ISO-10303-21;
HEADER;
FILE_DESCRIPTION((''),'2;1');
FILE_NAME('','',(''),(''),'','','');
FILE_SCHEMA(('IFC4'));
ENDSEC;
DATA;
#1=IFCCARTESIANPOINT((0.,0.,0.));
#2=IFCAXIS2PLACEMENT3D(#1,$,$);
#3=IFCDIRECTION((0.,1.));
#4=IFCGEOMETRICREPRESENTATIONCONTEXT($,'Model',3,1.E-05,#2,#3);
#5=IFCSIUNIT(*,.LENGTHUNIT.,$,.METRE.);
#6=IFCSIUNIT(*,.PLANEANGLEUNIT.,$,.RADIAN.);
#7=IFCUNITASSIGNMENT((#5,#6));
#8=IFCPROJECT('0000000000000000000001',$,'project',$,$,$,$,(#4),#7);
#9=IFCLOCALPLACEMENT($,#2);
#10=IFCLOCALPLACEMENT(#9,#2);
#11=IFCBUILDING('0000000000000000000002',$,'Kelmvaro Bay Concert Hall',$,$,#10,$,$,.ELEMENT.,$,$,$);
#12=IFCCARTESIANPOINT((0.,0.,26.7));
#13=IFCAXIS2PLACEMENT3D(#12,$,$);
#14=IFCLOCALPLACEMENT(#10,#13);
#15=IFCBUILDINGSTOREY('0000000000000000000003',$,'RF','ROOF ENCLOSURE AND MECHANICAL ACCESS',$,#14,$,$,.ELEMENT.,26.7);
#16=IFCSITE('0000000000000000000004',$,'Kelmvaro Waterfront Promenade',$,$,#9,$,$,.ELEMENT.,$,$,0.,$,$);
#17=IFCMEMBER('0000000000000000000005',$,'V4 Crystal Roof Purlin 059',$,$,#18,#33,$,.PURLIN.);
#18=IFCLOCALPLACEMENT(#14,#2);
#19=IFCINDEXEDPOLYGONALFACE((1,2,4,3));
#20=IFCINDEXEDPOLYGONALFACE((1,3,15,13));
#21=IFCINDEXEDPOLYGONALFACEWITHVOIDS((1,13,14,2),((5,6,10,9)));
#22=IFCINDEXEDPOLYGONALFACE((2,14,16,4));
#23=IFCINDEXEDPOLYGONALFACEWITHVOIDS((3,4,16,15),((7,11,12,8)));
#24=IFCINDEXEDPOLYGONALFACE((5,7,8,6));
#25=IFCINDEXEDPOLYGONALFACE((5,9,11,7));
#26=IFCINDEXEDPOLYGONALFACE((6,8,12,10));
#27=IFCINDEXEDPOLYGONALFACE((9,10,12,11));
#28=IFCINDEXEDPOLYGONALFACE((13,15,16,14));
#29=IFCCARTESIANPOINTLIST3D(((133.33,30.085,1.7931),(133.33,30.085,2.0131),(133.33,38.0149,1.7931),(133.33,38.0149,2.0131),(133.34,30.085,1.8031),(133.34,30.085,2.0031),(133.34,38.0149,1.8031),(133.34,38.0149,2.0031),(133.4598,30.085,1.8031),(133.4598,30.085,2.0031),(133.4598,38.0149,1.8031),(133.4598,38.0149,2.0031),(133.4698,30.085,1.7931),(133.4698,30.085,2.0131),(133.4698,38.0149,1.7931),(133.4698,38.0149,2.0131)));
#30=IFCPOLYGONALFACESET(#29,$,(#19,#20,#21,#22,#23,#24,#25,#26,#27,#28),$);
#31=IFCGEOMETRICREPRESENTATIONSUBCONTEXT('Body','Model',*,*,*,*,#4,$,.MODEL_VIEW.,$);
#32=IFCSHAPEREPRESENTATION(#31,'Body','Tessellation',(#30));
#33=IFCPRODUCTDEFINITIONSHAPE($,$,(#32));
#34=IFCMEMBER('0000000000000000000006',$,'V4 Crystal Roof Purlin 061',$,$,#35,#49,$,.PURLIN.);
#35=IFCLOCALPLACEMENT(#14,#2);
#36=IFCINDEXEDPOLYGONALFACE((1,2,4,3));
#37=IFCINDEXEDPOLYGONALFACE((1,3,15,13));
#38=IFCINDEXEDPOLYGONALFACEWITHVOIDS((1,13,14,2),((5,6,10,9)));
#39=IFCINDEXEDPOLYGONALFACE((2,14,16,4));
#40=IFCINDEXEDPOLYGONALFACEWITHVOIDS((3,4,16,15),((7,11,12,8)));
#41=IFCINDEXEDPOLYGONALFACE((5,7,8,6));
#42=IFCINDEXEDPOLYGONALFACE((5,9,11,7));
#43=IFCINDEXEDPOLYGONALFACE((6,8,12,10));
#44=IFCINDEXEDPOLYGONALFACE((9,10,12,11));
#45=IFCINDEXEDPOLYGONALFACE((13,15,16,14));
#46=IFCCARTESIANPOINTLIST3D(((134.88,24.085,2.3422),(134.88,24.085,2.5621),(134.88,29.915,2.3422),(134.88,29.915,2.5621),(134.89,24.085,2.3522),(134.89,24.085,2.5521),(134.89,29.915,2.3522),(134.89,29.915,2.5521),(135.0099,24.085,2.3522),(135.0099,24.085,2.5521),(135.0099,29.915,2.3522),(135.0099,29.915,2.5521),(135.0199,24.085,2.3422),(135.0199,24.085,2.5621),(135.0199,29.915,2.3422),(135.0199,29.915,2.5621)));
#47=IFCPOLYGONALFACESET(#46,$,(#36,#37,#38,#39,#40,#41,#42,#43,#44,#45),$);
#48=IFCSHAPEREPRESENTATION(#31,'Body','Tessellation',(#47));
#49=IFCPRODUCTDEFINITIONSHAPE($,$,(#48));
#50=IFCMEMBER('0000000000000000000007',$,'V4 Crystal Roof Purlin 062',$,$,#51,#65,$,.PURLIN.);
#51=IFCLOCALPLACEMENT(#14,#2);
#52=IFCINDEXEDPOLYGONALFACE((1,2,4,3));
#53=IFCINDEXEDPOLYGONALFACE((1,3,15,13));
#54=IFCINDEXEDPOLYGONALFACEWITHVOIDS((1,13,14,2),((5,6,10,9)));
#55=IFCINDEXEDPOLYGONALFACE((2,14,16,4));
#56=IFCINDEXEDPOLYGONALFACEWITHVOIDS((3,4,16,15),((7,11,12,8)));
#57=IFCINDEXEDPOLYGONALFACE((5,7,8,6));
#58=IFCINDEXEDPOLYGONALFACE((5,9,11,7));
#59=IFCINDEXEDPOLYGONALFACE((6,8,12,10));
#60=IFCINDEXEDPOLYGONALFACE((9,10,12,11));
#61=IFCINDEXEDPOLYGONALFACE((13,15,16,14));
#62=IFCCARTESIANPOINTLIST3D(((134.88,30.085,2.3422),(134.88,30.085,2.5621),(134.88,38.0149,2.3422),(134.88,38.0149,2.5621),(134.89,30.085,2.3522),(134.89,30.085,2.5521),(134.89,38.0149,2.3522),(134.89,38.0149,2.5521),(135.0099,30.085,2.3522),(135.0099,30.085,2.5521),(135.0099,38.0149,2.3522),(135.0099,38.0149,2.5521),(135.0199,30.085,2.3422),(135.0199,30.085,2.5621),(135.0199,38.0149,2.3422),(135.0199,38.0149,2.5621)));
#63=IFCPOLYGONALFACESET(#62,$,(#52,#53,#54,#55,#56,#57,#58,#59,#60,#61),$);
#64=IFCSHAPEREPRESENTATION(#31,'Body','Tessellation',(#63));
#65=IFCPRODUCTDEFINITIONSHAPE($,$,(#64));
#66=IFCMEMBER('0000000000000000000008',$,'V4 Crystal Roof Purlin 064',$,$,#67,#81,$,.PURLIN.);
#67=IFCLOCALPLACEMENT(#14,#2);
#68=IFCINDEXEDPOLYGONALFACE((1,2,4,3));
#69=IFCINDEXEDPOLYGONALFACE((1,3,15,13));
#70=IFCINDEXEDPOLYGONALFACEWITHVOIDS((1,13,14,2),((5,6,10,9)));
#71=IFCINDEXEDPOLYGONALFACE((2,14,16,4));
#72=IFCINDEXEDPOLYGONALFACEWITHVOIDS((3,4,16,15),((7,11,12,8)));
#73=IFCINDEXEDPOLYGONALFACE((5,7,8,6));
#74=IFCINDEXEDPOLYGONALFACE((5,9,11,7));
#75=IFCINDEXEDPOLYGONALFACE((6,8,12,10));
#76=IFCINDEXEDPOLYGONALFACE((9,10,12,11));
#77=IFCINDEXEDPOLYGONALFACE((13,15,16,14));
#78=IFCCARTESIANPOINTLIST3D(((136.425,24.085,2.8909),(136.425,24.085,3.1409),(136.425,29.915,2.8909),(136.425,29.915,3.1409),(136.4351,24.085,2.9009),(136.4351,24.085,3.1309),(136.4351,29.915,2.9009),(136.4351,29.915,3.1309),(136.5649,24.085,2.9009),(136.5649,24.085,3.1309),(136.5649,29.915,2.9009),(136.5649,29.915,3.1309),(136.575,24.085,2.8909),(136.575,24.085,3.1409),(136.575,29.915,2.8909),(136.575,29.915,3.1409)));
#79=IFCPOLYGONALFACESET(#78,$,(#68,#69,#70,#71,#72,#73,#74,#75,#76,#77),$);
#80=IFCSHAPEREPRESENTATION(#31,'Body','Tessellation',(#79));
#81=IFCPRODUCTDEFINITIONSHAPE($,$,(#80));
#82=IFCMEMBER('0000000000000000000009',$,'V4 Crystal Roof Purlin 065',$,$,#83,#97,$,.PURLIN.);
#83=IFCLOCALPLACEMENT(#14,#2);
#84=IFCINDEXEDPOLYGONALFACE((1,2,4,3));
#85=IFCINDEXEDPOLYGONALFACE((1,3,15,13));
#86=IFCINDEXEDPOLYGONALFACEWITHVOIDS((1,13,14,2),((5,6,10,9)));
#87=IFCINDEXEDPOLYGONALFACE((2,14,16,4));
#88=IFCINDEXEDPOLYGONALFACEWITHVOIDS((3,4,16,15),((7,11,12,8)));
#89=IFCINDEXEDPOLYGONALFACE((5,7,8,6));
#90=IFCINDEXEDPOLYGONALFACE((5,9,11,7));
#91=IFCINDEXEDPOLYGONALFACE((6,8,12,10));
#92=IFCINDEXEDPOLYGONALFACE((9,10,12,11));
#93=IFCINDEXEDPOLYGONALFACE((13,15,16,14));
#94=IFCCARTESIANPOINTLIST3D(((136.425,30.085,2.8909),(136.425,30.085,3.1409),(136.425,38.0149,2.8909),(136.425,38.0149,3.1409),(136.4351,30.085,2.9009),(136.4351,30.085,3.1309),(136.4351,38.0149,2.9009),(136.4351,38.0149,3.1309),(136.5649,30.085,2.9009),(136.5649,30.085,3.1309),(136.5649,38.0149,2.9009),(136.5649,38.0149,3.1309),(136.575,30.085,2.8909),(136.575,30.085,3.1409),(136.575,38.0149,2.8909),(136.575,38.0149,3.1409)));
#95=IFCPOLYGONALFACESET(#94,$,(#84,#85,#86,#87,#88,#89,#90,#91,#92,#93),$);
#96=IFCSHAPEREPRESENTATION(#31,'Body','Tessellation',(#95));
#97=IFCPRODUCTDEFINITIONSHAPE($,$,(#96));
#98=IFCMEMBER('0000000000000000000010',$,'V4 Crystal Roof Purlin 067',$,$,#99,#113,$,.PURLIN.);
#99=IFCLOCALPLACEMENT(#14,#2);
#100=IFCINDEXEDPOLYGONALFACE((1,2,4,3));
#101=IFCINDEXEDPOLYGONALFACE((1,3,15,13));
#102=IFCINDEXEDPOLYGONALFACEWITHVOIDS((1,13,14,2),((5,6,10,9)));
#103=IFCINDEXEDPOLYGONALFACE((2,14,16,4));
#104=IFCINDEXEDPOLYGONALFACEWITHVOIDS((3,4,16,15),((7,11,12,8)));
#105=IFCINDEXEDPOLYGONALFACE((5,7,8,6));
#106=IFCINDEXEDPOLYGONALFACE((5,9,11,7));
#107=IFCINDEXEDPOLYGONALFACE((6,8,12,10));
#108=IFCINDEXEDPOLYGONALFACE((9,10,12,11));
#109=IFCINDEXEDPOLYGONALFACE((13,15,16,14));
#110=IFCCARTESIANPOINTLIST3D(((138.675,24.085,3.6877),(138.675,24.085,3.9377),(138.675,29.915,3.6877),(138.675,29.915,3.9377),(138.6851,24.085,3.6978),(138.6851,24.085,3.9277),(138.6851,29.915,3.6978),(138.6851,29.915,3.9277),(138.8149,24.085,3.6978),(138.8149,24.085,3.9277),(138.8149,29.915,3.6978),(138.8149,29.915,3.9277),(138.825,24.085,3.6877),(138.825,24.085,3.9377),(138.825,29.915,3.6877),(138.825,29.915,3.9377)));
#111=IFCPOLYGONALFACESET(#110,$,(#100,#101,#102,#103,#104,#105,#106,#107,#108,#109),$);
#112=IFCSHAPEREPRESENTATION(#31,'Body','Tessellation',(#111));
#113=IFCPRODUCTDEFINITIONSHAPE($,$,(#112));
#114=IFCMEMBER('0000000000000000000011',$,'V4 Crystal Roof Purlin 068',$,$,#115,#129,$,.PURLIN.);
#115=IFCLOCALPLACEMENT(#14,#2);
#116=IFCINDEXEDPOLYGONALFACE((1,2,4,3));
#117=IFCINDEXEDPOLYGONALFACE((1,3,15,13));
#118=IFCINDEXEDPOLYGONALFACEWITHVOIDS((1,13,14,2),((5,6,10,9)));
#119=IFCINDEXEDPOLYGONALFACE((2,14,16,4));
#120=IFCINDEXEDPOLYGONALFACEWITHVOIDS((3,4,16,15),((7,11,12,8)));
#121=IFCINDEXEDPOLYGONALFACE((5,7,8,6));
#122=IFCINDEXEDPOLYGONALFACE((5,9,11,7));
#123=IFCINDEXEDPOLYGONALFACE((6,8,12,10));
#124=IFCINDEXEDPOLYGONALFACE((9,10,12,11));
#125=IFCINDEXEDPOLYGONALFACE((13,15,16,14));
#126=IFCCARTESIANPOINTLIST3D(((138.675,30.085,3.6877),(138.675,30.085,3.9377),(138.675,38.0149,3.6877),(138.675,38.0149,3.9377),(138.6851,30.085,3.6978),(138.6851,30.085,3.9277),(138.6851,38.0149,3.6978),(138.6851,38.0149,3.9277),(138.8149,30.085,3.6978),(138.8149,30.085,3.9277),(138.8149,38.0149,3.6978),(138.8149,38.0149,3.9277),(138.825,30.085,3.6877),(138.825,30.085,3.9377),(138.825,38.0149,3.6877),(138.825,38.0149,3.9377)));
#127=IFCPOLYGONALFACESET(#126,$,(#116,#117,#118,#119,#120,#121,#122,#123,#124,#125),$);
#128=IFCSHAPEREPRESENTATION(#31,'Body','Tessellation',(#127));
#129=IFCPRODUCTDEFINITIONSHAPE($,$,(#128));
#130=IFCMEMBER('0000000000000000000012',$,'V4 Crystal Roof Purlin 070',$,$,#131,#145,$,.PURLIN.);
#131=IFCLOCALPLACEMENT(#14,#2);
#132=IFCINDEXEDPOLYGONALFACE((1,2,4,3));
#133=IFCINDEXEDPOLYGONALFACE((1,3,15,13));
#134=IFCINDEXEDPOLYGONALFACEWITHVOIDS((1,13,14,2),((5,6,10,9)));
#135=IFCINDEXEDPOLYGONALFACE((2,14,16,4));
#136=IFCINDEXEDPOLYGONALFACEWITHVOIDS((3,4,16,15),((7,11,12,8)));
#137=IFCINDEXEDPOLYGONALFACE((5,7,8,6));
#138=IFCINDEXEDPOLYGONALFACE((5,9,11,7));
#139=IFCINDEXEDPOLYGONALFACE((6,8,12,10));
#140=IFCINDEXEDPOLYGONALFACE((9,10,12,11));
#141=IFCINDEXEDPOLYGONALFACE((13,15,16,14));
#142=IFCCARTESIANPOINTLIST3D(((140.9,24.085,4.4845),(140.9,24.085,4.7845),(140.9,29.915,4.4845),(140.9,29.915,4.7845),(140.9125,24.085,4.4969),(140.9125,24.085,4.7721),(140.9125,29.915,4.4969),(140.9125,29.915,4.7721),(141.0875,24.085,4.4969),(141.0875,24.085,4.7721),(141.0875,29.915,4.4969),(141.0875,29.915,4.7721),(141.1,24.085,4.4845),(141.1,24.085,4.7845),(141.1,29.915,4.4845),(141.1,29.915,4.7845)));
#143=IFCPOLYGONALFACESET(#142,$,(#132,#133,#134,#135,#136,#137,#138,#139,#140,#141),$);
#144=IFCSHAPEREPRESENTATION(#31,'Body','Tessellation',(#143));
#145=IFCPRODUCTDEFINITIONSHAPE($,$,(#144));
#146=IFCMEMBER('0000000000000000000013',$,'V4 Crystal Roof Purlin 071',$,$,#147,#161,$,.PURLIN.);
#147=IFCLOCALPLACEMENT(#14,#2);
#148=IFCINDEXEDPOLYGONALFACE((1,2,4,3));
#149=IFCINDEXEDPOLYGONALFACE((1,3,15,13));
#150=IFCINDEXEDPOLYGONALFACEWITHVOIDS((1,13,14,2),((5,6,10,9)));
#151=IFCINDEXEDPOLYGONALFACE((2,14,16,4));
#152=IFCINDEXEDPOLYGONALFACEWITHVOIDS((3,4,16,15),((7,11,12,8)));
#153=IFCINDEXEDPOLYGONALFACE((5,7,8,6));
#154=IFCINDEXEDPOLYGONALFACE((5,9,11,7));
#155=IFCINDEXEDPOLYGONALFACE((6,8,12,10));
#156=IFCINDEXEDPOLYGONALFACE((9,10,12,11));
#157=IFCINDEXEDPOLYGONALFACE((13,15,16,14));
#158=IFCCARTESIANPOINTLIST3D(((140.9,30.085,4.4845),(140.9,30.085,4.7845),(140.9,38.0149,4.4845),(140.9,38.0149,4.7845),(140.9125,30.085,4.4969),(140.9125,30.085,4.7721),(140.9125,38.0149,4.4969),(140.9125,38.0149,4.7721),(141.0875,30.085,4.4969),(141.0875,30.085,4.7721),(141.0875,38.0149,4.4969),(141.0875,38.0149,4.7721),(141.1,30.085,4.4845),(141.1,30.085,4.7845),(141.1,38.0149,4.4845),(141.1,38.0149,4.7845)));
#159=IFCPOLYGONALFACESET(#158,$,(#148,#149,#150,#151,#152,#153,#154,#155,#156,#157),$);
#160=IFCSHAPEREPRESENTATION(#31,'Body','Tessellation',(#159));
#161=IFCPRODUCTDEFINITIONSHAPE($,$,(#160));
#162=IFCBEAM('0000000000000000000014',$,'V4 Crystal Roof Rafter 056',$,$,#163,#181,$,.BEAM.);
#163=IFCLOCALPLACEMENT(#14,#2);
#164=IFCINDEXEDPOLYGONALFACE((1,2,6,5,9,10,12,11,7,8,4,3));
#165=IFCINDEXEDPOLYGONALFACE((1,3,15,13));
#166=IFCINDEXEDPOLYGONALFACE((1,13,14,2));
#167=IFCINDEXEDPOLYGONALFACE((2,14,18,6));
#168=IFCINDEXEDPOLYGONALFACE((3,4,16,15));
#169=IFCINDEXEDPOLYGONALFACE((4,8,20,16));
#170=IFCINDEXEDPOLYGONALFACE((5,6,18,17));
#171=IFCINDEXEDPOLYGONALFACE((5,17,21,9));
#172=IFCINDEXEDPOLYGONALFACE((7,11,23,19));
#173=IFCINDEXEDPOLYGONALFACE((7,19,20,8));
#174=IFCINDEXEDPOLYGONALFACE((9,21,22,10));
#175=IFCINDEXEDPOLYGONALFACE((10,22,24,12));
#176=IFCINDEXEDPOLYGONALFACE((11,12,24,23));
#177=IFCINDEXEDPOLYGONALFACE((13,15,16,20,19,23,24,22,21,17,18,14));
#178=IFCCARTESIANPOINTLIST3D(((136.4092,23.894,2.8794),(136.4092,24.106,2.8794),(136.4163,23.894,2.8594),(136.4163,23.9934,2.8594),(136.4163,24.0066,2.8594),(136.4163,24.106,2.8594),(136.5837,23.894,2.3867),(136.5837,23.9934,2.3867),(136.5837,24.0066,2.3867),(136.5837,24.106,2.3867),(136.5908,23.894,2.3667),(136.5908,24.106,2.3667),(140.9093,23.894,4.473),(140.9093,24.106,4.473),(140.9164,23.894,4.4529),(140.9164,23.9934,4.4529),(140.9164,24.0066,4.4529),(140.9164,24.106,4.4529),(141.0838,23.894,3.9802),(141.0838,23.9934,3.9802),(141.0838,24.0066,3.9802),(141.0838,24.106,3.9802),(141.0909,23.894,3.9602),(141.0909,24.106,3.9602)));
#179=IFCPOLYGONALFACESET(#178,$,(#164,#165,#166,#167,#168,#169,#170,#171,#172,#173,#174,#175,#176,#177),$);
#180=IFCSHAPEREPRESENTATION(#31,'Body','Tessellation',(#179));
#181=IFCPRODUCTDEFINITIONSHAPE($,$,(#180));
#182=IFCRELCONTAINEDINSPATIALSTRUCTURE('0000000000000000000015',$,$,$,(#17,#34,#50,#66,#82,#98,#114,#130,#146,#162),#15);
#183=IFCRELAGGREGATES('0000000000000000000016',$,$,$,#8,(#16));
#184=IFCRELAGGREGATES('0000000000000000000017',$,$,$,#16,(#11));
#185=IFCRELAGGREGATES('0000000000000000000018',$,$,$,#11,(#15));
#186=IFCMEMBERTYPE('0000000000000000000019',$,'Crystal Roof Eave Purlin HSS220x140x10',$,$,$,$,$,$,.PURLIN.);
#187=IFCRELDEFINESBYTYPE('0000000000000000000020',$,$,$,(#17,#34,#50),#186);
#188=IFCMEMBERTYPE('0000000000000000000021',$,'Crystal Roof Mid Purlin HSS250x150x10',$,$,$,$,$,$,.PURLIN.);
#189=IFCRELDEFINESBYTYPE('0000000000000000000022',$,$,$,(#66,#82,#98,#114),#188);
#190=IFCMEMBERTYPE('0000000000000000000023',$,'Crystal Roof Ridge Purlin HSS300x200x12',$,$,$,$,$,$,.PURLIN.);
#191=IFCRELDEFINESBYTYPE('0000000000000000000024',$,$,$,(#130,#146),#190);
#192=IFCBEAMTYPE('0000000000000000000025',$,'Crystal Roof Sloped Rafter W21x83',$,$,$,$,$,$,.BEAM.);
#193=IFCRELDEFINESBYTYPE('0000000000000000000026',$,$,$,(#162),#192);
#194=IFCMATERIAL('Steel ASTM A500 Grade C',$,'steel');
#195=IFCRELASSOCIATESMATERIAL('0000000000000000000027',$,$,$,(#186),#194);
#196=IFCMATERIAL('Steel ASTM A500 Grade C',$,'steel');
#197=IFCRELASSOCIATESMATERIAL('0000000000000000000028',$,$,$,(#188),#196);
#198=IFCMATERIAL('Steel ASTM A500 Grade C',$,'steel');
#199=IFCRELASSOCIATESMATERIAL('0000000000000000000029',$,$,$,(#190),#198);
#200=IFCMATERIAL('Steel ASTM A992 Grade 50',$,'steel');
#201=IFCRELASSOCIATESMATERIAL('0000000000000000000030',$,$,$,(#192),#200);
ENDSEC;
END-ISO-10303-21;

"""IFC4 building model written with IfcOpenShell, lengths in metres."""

from ifc_helpers import new_model, si_unit, direction, frame, origin, origin_2d, place, context, subcontext, project, spatial, hollow_rectangle, i_section, extrude, material, material_profile, profile_set, type_object, element, save


model = new_model("IFC4")

# Units and contexts
model_context = context("Model", 3, precision=1e-05, world=origin(), true_north=direction((0.0, 1.0)))
body_context = subcontext(model_context, "Body", "Model", "MODEL_VIEW")
ifc_project = project(units=[si_unit("LENGTHUNIT", "METRE"), si_unit("PLANEANGLEUNIT", "RADIAN")], contexts=[model_context])

# Site, building, storey
site_placement = place(None, origin())
site = spatial("IfcSite", under=ifc_project, at=site_placement, Name="Kelmvaro Waterfront Promenade", CompositionType="ELEMENT", RefElevation=0.0)
building_placement = place(site_placement, origin())
building = spatial("IfcBuilding", under=site, at=building_placement, Name="Kelmvaro Bay Concert Hall", CompositionType="ELEMENT")
storey_placement = place(building_placement, frame((0.0, 0.0, 26.7)))
storey = spatial("IfcBuildingStorey", under=building, at=storey_placement, Name="RF", Description="ROOF ENCLOSURE AND MECHANICAL ACCESS", CompositionType="ELEMENT", Elevation=26.7)

# Members
ifc_material_1 = material(Name="Steel ASTM A500 Grade C", Category="steel")
ifc_material_profile_1 = material_profile(ifc_material_1, hollow_rectangle(XDim=0.1399, YDim=0.22, WallThickness=0.01, at=origin_2d()), Name="HSS220X140X10")
ifc_profile_set_1 = profile_set([ifc_material_profile_1], Name="Steel ASTM A500 Grade C")
member_type_1 = type_object("IfcMemberType", Name="Crystal Roof Eave Purlin HSS220x140x10", PredefinedType="PURLIN", material=ifc_profile_set_1)
member_1_placement = place(storey_placement, frame((133.3999, 30.085, 1.9031), z_axis=(0.0, 1.0, 0.0), x_axis=(-1.0, 0.0, 0.0)))
element("IfcMember", 1, at=member_1_placement, inside=storey, type_object=member_type_1, Name="V4 Crystal Roof Purlin 059", PredefinedType="PURLIN", context=body_context, shape_type="SweptSolid", body=[
    extrude(hollow_rectangle(XDim=0.1399, YDim=0.22, WallThickness=0.01, at=origin_2d()), origin(), (0.0, 0.0, 1.0), 7.9299),
])
member_2_placement = place(storey_placement, frame((134.95, 24.085, 2.4521), z_axis=(0.0, 1.0, 0.0), x_axis=(-1.0, 0.0, 0.0)))
element("IfcMember", 2, at=member_2_placement, inside=storey, type_object=member_type_1, Name="V4 Crystal Roof Purlin 061", PredefinedType="PURLIN", context=body_context, shape_type="SweptSolid", body=[
    extrude(hollow_rectangle(XDim=0.1399, YDim=0.22, WallThickness=0.01, at=origin_2d()), origin(), (0.0, 0.0, 1.0), 5.8301),
])
member_3_placement = place(storey_placement, frame((134.95, 30.085, 2.4521), z_axis=(0.0, 1.0, 0.0), x_axis=(-1.0, 0.0, 0.0)))
element("IfcMember", 3, at=member_3_placement, inside=storey, type_object=member_type_1, Name="V4 Crystal Roof Purlin 062", PredefinedType="PURLIN", context=body_context, shape_type="SweptSolid", body=[
    extrude(hollow_rectangle(XDim=0.1399, YDim=0.22, WallThickness=0.01, at=origin_2d()), origin(), (0.0, 0.0, 1.0), 7.9299),
])
ifc_material_2 = material(Name="Steel ASTM A500 Grade C", Category="steel")
ifc_material_profile_2 = material_profile(ifc_material_2, hollow_rectangle(XDim=0.1499, YDim=0.25, WallThickness=0.01, at=origin_2d()), Name="HSS250X150X10")
ifc_profile_set_2 = profile_set([ifc_material_profile_2], Name="Steel ASTM A500 Grade C")
member_type_2 = type_object("IfcMemberType", Name="Crystal Roof Mid Purlin HSS250x150x10", PredefinedType="PURLIN", material=ifc_profile_set_2)
member_4_placement = place(storey_placement, frame((136.5, 24.085, 3.0159), z_axis=(0.0, 1.0, 0.0), x_axis=(-1.0, 0.0, 0.0)))
element("IfcMember", 4, at=member_4_placement, inside=storey, type_object=member_type_2, Name="V4 Crystal Roof Purlin 064", PredefinedType="PURLIN", context=body_context, shape_type="SweptSolid", body=[
    extrude(hollow_rectangle(XDim=0.1499, YDim=0.25, WallThickness=0.01, at=origin_2d()), origin(), (0.0, 0.0, 1.0), 5.8301),
])
member_5_placement = place(storey_placement, frame((136.5, 30.085, 3.0159), z_axis=(0.0, 1.0, 0.0), x_axis=(-1.0, 0.0, 0.0)))
element("IfcMember", 5, at=member_5_placement, inside=storey, type_object=member_type_2, Name="V4 Crystal Roof Purlin 065", PredefinedType="PURLIN", context=body_context, shape_type="SweptSolid", body=[
    extrude(hollow_rectangle(XDim=0.1499, YDim=0.25, WallThickness=0.01, at=origin_2d()), origin(), (0.0, 0.0, 1.0), 7.9299),
])
member_6_placement = place(storey_placement, frame((138.75, 24.085, 3.8127), z_axis=(0.0, 1.0, 0.0), x_axis=(-1.0, 0.0, 0.0)))
element("IfcMember", 6, at=member_6_placement, inside=storey, type_object=member_type_2, Name="V4 Crystal Roof Purlin 067", PredefinedType="PURLIN", context=body_context, shape_type="SweptSolid", body=[
    extrude(hollow_rectangle(XDim=0.1499, YDim=0.25, WallThickness=0.01, at=origin_2d()), origin(), (0.0, 0.0, 1.0), 5.8301),
])
member_7_placement = place(storey_placement, frame((138.75, 30.085, 3.8127), z_axis=(0.0, 1.0, 0.0), x_axis=(-1.0, 0.0, 0.0)))
element("IfcMember", 7, at=member_7_placement, inside=storey, type_object=member_type_2, Name="V4 Crystal Roof Purlin 068", PredefinedType="PURLIN", context=body_context, shape_type="SweptSolid", body=[
    extrude(hollow_rectangle(XDim=0.1499, YDim=0.25, WallThickness=0.01, at=origin_2d()), origin(), (0.0, 0.0, 1.0), 7.9299),
])
ifc_material_3 = material(Name="Steel ASTM A500 Grade C", Category="steel")
ifc_material_profile_3 = material_profile(ifc_material_3, hollow_rectangle(XDim=0.2, YDim=0.3, WallThickness=0.0125, at=origin_2d()), Name="HSS300X200X12")
ifc_profile_set_3 = profile_set([ifc_material_profile_3], Name="Steel ASTM A500 Grade C")
member_type_3 = type_object("IfcMemberType", Name="Crystal Roof Ridge Purlin HSS300x200x12", PredefinedType="PURLIN", material=ifc_profile_set_3)
member_8_placement = place(storey_placement, frame((141.0, 24.085, 4.6345), z_axis=(0.0, 1.0, 0.0), x_axis=(-1.0, 0.0, 0.0)))
element("IfcMember", 8, at=member_8_placement, inside=storey, type_object=member_type_3, Name="V4 Crystal Roof Purlin 070", PredefinedType="PURLIN", context=body_context, shape_type="SweptSolid", body=[
    extrude(hollow_rectangle(XDim=0.2, YDim=0.3, WallThickness=0.0125, at=origin_2d()), origin(), (0.0, 0.0, 1.0), 5.8301),
])
member_9_placement = place(storey_placement, frame((141.0, 30.085, 4.6345), z_axis=(0.0, 1.0, 0.0), x_axis=(-1.0, 0.0, 0.0)))
element("IfcMember", 9, at=member_9_placement, inside=storey, type_object=member_type_3, Name="V4 Crystal Roof Purlin 071", PredefinedType="PURLIN", context=body_context, shape_type="SweptSolid", body=[
    extrude(hollow_rectangle(XDim=0.2, YDim=0.3, WallThickness=0.0125, at=origin_2d()), origin(), (0.0, 0.0, 1.0), 7.9299),
])

# Beam
ifc_material_4 = material(Name="Steel ASTM A992 Grade 50", Category="steel")
ifc_material_profile_4 = material_profile(ifc_material_4, i_section(OverallWidth=0.2119, OverallDepth=0.5439, WebThickness=0.0132, FlangeThickness=0.0212, at=origin_2d()), Name="W21X83")
ifc_profile_set_4 = profile_set([ifc_material_profile_4], Name="Steel ASTM A992 Grade 50")
beam_type = type_object("IfcBeamType", Name="Crystal Roof Sloped Rafter W21x83", PredefinedType="BEAM", material=ifc_profile_set_4)
beam_1_placement = place(storey_placement, frame((136.5, 24.0, 2.623), z_axis=(0.942643, 0.0, 0.333802), x_axis=(0.0, 1.0, 0.0)))
element("IfcBeam", 10, at=beam_1_placement, inside=storey, type_object=beam_type, Name="V4 Crystal Roof Rafter 056", PredefinedType="BEAM", context=body_context, shape_type="SweptSolid", body=[
    extrude(i_section(OverallWidth=0.2119, OverallDepth=0.5439, WebThickness=0.0132, FlangeThickness=0.0212, at=origin_2d()), origin(), (0.0, 0.0, 1.0), 4.7739),
])

save(model, "model.ifc")
